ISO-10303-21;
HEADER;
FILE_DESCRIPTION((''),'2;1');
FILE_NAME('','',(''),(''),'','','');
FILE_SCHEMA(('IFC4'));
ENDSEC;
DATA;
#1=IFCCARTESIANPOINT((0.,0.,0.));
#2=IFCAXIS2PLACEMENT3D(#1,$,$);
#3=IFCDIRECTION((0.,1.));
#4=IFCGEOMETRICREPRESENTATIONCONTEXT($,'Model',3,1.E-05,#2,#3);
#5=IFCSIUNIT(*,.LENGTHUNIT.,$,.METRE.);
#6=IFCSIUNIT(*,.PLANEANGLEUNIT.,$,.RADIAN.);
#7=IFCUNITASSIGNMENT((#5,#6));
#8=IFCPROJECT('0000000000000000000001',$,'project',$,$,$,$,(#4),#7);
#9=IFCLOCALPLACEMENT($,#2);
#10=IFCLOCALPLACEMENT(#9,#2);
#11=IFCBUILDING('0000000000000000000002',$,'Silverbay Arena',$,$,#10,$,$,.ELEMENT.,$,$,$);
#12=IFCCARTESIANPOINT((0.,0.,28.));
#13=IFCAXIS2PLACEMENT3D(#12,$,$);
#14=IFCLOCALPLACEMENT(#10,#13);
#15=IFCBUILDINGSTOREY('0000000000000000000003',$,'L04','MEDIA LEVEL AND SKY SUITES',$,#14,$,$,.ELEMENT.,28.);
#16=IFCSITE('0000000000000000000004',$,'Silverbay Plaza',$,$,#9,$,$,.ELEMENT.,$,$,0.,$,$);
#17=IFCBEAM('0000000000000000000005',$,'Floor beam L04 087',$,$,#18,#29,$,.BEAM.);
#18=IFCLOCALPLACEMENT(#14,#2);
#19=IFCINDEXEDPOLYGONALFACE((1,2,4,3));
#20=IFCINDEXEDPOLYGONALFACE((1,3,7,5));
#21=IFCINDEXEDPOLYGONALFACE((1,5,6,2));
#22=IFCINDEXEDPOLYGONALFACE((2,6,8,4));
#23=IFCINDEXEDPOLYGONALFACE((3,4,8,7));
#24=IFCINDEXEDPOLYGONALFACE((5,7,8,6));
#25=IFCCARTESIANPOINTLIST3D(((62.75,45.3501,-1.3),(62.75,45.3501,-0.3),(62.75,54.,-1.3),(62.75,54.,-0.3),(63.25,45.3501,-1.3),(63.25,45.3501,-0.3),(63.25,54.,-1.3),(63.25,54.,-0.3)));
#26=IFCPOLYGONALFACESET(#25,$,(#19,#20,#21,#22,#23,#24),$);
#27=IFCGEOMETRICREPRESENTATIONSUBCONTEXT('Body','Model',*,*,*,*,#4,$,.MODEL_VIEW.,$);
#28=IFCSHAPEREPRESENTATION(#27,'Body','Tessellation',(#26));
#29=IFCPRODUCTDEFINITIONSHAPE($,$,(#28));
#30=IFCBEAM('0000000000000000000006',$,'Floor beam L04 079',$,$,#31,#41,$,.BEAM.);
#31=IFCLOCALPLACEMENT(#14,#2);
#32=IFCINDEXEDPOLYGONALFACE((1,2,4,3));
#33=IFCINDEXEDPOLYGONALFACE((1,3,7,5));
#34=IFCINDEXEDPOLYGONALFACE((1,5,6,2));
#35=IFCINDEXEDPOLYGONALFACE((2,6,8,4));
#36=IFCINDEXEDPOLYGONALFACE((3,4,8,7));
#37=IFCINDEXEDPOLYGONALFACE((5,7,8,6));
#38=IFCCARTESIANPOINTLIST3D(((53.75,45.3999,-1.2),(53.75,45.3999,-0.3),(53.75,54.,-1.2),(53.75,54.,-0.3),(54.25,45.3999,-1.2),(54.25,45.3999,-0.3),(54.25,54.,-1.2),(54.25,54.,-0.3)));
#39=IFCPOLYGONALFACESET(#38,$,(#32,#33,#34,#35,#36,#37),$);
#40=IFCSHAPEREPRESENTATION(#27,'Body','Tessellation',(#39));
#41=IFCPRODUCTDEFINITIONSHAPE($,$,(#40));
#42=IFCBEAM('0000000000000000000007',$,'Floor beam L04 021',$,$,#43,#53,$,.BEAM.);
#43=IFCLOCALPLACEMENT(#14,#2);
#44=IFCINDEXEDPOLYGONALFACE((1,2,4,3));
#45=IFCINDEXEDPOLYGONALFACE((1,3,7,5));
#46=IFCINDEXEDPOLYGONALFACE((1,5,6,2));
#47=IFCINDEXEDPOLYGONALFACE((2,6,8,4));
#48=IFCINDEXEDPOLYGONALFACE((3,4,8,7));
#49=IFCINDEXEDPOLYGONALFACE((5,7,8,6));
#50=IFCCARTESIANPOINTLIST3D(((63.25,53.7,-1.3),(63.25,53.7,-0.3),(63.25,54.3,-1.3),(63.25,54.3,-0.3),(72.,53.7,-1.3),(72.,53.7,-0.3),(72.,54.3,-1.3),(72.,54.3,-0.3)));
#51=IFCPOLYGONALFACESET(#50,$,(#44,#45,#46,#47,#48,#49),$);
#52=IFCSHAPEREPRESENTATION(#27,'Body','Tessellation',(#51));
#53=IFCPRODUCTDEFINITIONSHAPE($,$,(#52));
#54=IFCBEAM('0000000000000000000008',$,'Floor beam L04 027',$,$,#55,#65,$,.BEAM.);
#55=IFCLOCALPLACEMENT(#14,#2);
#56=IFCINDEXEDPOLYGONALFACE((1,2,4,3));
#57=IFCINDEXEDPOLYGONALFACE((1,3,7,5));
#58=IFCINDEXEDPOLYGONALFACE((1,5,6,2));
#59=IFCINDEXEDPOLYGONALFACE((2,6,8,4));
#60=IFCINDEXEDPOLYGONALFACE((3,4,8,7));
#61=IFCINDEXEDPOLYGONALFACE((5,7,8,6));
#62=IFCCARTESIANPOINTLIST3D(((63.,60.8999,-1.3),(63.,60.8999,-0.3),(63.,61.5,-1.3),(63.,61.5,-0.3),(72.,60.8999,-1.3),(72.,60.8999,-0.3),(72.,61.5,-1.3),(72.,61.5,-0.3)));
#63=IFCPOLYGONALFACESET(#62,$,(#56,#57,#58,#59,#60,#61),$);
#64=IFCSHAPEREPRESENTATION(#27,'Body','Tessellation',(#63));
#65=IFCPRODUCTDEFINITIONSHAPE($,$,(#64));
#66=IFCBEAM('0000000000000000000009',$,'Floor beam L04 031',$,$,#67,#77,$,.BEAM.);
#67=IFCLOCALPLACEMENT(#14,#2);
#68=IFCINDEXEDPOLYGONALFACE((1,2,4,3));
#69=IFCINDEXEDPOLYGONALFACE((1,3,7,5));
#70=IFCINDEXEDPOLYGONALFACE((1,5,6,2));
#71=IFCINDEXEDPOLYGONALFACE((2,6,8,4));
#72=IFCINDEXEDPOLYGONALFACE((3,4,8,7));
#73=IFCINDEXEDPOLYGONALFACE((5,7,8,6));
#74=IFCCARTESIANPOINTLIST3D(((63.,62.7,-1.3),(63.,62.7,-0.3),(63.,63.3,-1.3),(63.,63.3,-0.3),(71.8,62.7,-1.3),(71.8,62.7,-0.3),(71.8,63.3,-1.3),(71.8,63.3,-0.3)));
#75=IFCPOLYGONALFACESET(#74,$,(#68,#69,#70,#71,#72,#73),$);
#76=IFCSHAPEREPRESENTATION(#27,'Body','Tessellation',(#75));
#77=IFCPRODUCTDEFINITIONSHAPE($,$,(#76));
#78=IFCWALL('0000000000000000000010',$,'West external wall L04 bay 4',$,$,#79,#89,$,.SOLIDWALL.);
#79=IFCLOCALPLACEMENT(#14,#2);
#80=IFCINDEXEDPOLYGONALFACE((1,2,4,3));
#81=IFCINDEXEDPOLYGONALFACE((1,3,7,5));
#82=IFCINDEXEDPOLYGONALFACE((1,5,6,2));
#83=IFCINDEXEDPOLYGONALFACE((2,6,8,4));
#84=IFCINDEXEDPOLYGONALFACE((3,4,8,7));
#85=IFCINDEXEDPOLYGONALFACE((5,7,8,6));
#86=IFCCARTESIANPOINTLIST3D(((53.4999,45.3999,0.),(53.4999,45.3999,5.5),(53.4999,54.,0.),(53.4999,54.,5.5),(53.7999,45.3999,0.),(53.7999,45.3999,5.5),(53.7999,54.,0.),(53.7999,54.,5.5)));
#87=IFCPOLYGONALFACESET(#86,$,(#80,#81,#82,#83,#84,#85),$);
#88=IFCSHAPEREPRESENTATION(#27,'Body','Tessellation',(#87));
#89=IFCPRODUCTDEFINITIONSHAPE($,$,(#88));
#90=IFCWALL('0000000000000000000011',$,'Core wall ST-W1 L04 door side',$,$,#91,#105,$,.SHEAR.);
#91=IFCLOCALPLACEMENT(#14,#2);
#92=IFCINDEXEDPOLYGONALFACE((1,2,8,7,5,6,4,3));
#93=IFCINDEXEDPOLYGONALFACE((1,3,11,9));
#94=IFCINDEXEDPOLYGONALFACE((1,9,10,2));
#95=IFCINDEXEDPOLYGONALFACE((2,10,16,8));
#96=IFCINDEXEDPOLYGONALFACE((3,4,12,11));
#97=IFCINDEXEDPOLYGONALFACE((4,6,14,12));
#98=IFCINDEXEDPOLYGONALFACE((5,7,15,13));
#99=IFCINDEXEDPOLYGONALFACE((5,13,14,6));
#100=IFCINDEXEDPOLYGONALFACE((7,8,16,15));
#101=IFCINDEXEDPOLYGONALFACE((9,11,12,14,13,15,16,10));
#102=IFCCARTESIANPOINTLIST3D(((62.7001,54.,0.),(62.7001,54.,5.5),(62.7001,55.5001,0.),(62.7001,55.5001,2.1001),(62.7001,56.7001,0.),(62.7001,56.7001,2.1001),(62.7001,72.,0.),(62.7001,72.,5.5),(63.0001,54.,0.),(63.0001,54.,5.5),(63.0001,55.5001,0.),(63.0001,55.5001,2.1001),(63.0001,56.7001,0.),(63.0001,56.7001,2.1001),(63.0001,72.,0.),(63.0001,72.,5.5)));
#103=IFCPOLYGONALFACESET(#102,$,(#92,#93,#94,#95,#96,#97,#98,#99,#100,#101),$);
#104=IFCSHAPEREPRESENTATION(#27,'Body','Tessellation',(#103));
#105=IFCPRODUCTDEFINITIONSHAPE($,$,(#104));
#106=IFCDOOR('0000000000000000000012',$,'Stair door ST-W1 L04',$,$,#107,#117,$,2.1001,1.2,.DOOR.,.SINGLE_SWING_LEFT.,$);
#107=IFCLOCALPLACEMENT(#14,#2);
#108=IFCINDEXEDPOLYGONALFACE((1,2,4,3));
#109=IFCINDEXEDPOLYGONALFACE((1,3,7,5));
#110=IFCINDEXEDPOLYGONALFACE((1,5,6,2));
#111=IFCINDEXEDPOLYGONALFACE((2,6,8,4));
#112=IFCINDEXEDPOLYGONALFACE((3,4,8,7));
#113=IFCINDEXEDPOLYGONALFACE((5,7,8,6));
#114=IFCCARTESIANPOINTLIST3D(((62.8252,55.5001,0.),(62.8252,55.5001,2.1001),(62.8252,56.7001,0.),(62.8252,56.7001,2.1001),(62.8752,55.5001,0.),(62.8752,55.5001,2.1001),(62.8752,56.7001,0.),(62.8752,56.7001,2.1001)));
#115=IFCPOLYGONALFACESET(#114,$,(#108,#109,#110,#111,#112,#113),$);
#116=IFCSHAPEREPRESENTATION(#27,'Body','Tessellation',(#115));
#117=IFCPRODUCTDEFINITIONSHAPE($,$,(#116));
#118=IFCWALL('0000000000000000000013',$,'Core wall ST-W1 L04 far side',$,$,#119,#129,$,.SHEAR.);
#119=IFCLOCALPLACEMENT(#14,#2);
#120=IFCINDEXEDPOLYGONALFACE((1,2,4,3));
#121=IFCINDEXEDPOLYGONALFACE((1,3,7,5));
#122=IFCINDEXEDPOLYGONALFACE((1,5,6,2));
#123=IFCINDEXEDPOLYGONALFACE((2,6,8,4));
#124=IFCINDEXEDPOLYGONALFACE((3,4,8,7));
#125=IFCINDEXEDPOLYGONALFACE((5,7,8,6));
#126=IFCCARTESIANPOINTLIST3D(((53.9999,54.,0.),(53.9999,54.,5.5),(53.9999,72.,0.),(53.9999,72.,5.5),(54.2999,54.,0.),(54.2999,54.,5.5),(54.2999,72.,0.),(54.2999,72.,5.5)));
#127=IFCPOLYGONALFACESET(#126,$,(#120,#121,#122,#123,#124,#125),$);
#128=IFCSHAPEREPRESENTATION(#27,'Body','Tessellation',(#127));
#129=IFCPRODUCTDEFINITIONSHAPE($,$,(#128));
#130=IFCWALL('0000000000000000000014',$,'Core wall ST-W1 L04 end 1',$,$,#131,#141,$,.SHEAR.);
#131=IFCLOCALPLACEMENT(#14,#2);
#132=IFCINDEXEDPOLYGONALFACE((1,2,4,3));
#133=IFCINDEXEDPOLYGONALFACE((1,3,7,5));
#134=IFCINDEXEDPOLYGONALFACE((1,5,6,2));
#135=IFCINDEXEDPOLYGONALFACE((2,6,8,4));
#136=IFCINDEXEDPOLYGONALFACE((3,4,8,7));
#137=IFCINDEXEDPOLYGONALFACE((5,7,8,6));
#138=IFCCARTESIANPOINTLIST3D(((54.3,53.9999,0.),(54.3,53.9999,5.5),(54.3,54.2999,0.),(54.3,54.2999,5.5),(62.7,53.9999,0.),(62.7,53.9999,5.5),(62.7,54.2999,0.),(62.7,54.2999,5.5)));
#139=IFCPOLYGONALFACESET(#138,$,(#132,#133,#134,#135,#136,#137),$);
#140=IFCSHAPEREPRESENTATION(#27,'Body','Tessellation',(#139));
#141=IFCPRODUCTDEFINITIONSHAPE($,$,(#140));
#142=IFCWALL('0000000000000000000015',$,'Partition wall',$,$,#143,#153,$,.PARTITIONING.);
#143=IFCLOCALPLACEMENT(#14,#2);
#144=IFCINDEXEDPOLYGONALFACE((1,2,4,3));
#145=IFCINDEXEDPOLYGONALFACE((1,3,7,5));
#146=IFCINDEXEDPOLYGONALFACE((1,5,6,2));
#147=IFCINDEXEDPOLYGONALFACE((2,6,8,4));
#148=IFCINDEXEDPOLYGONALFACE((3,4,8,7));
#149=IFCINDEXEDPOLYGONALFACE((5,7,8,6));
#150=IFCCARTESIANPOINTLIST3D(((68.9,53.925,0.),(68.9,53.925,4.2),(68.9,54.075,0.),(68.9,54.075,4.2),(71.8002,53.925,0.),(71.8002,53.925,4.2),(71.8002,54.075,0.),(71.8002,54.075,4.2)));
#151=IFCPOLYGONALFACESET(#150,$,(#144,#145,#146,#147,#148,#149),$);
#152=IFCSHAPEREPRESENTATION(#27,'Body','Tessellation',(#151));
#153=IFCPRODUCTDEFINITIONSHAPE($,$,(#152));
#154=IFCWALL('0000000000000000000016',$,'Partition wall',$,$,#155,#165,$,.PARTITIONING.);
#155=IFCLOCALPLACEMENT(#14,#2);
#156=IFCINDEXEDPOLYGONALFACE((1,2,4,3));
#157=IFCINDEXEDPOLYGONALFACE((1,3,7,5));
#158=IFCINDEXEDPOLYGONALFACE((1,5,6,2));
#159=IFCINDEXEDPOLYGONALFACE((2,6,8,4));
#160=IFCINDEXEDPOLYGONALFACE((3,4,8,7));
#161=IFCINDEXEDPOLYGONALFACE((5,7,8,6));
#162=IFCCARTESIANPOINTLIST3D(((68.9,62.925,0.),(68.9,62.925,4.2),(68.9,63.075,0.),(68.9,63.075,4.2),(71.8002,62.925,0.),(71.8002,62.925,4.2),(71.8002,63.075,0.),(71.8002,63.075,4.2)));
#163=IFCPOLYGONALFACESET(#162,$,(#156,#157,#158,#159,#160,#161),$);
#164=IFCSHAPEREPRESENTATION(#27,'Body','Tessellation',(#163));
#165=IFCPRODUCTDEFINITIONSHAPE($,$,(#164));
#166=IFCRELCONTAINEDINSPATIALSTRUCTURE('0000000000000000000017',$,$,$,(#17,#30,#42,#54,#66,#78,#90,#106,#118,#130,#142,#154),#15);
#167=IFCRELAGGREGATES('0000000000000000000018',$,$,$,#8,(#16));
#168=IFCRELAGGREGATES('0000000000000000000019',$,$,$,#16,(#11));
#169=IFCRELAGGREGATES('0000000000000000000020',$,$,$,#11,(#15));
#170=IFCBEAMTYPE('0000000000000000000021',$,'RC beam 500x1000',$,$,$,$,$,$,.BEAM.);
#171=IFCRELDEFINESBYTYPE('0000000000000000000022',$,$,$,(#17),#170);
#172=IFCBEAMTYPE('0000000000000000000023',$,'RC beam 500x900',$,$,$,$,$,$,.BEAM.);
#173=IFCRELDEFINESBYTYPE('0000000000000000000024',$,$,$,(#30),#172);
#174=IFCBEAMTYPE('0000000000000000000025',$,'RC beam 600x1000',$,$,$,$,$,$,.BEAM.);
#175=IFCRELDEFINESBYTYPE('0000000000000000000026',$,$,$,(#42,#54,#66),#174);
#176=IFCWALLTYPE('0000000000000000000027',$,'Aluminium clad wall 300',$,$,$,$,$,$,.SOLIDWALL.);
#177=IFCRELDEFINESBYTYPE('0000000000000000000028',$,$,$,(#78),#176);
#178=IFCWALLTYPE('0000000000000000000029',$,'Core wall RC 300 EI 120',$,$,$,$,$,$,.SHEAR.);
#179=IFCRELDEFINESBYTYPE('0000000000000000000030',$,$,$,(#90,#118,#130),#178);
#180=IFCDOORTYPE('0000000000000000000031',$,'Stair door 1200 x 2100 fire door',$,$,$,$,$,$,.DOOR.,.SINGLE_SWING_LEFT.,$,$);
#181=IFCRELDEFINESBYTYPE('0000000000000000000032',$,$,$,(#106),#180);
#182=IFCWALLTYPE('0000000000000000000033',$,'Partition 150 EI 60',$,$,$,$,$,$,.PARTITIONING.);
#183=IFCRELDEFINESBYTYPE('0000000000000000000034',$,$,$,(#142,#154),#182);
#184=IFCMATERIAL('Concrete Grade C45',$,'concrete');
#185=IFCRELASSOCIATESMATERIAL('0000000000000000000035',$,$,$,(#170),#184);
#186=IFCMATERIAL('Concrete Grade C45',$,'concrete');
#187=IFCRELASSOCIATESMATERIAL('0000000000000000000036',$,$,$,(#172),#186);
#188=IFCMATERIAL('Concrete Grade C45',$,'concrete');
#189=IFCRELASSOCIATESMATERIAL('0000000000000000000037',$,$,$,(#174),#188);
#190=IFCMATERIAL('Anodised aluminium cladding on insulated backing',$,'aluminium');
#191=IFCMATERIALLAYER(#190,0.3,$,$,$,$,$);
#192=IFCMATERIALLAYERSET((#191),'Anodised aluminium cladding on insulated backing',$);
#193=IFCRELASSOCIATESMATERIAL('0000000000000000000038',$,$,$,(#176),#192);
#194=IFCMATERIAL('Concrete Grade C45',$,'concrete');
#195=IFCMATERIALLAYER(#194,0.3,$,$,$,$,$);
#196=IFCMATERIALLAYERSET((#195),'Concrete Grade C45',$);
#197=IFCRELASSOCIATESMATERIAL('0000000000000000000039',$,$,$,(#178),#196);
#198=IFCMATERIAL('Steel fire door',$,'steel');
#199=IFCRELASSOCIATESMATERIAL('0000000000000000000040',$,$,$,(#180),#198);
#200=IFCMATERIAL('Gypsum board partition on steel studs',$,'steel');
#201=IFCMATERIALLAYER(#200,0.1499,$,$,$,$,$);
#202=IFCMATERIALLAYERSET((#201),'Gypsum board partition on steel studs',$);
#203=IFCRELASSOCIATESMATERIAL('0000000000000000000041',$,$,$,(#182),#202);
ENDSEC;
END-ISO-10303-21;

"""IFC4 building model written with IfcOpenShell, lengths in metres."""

from ifc_helpers import new_model, si_unit, direction, frame, frame_2d, origin, origin_2d, place, context, subcontext, project, spatial, rectangle, extrude, material, layer, layer_set, material_profile, profile_set, type_object, element, fill, save


model = new_model("IFC4")

# Units and contexts
model_context = context("Model", 3, precision=1e-05, world=origin(), true_north=direction((0.0, 1.0)))
body_context = subcontext(model_context, "Body", "Model", "MODEL_VIEW")
ifc_project = project(units=[si_unit("LENGTHUNIT", "METRE"), si_unit("PLANEANGLEUNIT", "RADIAN")], contexts=[model_context])

# Site, building, storey
site_placement = place(None, origin())
site = spatial("IfcSite", under=ifc_project, at=site_placement, Name="Silverbay Plaza", CompositionType="ELEMENT", RefElevation=0.0)
building_placement = place(site_placement, origin())
building = spatial("IfcBuilding", under=site, at=building_placement, Name="Silverbay Arena", CompositionType="ELEMENT")
storey_placement = place(building_placement, frame((0.0, 0.0, 28.0)))
storey = spatial("IfcBuildingStorey", under=building, at=storey_placement, Name="L04", Description="MEDIA LEVEL AND SKY SUITES", CompositionType="ELEMENT", Elevation=28.0)

# Beams
ifc_material_1 = material(Name="Concrete Grade C45", Category="concrete")
ifc_material_profile_1 = material_profile(ifc_material_1, rectangle(XDim=0.5, YDim=1.0, at=origin_2d()), Name="RC 500x1000")
ifc_profile_set_1 = profile_set([ifc_material_profile_1], Name="Concrete Grade C45")
beam_type_1 = type_object("IfcBeamType", Name="RC beam 500x1000", PredefinedType="BEAM", material=ifc_profile_set_1)
beam_1_placement = place(storey_placement, frame((63.0, 45.3501, -0.8), z_axis=(0.0, 1.0, 0.0), x_axis=(-1.0, 0.0, 0.0)))
element("IfcBeam", 1, at=beam_1_placement, inside=storey, type_object=beam_type_1, Name="Floor beam L04 087", PredefinedType="BEAM", context=body_context, shape_type="SweptSolid", body=[
    extrude(rectangle(XDim=0.5, YDim=1.0, at=origin_2d()), origin(), (0.0, 0.0, 1.0), 8.6499),
])
ifc_material_2 = material(Name="Concrete Grade C45", Category="concrete")
ifc_material_profile_2 = material_profile(ifc_material_2, rectangle(XDim=0.5, YDim=0.8999, at=origin_2d()), Name="RC 500x900")
ifc_profile_set_2 = profile_set([ifc_material_profile_2], Name="Concrete Grade C45")
beam_type_2 = type_object("IfcBeamType", Name="RC beam 500x900", PredefinedType="BEAM", material=ifc_profile_set_2)
beam_2_placement = place(storey_placement, frame((54.0, 45.3999, -0.75), z_axis=(0.0, 1.0, 0.0), x_axis=(-1.0, 0.0, 0.0)))
element("IfcBeam", 2, at=beam_2_placement, inside=storey, type_object=beam_type_2, Name="Floor beam L04 079", PredefinedType="BEAM", context=body_context, shape_type="SweptSolid", body=[
    extrude(rectangle(XDim=0.5, YDim=0.8999, at=origin_2d()), origin(), (0.0, 0.0, 1.0), 8.6001),
])
ifc_material_3 = material(Name="Concrete Grade C45", Category="concrete")
ifc_material_profile_3 = material_profile(ifc_material_3, rectangle(XDim=0.6001, YDim=1.0, at=origin_2d()), Name="RC 600x1000")
ifc_profile_set_3 = profile_set([ifc_material_profile_3], Name="Concrete Grade C45")
beam_type_3 = type_object("IfcBeamType", Name="RC beam 600x1000", PredefinedType="BEAM", material=ifc_profile_set_3)
beam_3_placement = place(storey_placement, frame((63.25, 54.0, -0.8), z_axis=(1.0, 0.0, 0.0), x_axis=(0.0, 1.0, 0.0)))
element("IfcBeam", 3, at=beam_3_placement, inside=storey, type_object=beam_type_3, Name="Floor beam L04 021", PredefinedType="BEAM", context=body_context, shape_type="SweptSolid", body=[
    extrude(rectangle(XDim=0.6001, YDim=1.0, at=origin_2d()), origin(), (0.0, 0.0, 1.0), 8.75),
])
beam_4_placement = place(storey_placement, frame((63.0, 61.2, -0.8), z_axis=(1.0, 0.0, 0.0), x_axis=(0.0, 1.0, 0.0)))
element("IfcBeam", 4, at=beam_4_placement, inside=storey, type_object=beam_type_3, Name="Floor beam L04 027", PredefinedType="BEAM", context=body_context, shape_type="SweptSolid", body=[
    extrude(rectangle(XDim=0.6001, YDim=1.0, at=origin_2d()), origin(), (0.0, 0.0, 1.0), 9.0),
])
beam_5_placement = place(storey_placement, frame((63.0, 63.0, -0.8), z_axis=(1.0, 0.0, 0.0), x_axis=(0.0, 1.0, 0.0)))
element("IfcBeam", 5, at=beam_5_placement, inside=storey, type_object=beam_type_3, Name="Floor beam L04 031", PredefinedType="BEAM", context=body_context, shape_type="SweptSolid", body=[
    extrude(rectangle(XDim=0.6001, YDim=1.0, at=origin_2d()), origin(), (0.0, 0.0, 1.0), 8.8),
])

# Wall
ifc_material_4 = material(Name="Anodised aluminium cladding on insulated backing", Category="aluminium")
ifc_layer_1 = layer(ifc_material_4, 0.3)
ifc_layer_set_1 = layer_set([ifc_layer_1], Name="Anodised aluminium cladding on insulated backing")
wall_type_1 = type_object("IfcWallType", Name="Aluminium clad wall 300", PredefinedType="SOLIDWALL", material=ifc_layer_set_1)
wall_1_placement = place(storey_placement, frame((53.6499, 54.0, 0.0), z_axis=(0.0, 0.0, 1.0), x_axis=(0.0, -1.0, 0.0)))
element("IfcWall", 6, at=wall_1_placement, inside=storey, type_object=wall_type_1, Name="West external wall L04 bay 4", PredefinedType="SOLIDWALL", context=body_context, shape_type="SweptSolid", body=[
    extrude(rectangle(XDim=8.6001, YDim=0.3, at=frame_2d((4.3, 0.0))), origin(), (0.0, 0.0, 1.0), 5.5),
])

# Wall, opening, door
ifc_material_5 = material(Name="Concrete Grade C45", Category="concrete")
ifc_layer_2 = layer(ifc_material_5, 0.3)
ifc_layer_set_2 = layer_set([ifc_layer_2], Name="Concrete Grade C45")
wall_type_2 = type_object("IfcWallType", Name="Core wall RC 300 EI 120", PredefinedType="SHEAR", material=ifc_layer_set_2)
wall_2_placement = place(storey_placement, frame((62.8501, 54.0, 0.0), z_axis=(0.0, 0.0, 1.0), x_axis=(0.0, 1.0, 0.0)))
wall_2 = element("IfcWall", 7, at=wall_2_placement, inside=storey, type_object=wall_type_2, Name="Core wall ST-W1 L04 door side", PredefinedType="SHEAR", context=body_context, shape_type="SweptSolid", body=[
    extrude(rectangle(XDim=18.0, YDim=0.3, at=frame_2d((9.0, 0.0))), origin(), (0.0, 0.0, 1.0), 5.5),
])
opening_1_placement = place(wall_2_placement, frame((1.5, 0.0, 0.0)))
opening_1 = element("IfcOpeningElement", 8, at=opening_1_placement, cuts=wall_2, PredefinedType="OPENING", context=body_context, shape_type="SweptSolid", body=[
    extrude(rectangle(XDim=1.2, YDim=2.1001, at=frame_2d((0.6001, 1.05))), frame((0.0, 0.1602, 0.0), z_axis=(0.0, -1.0, 0.0), x_axis=(1.0, 0.0, 0.0)), (0.0, 0.0, 1.0), 0.3201),
])
ifc_material_6 = material(Name="Steel fire door", Category="steel")
door_type_1 = type_object("IfcDoorType", Name="Stair door 1200 x 2100 fire door", OperationType="SINGLE_SWING_LEFT", PredefinedType="DOOR", material=ifc_material_6)
door_1_placement = place(opening_1_placement, origin())
door_1 = element("IfcDoor", 9, at=door_1_placement, inside=storey, type_object=door_type_1, Name="Stair door ST-W1 L04", OperationType="SINGLE_SWING_LEFT", OverallHeight=2.1001, OverallWidth=1.2, PredefinedType="DOOR", context=body_context, shape_type="SweptSolid", body=[
    extrude(rectangle(XDim=1.2, YDim=2.1001, at=frame_2d((0.6001, 1.05))), frame((0.0, 0.0249, 0.0), z_axis=(0.0, -1.0, 0.0), x_axis=(1.0, 0.0, 0.0)), (0.0, 0.0, 1.0), 0.05),
])
fill(opening_1, door_1)

# Walls
wall_3_placement = place(storey_placement, frame((54.1499, 54.0, 0.0), z_axis=(0.0, 0.0, 1.0), x_axis=(0.0, 1.0, 0.0)))
element("IfcWall", 10, at=wall_3_placement, inside=storey, type_object=wall_type_2, Name="Core wall ST-W1 L04 far side", PredefinedType="SHEAR", context=body_context, shape_type="SweptSolid", body=[
    extrude(rectangle(XDim=18.0, YDim=0.3, at=frame_2d((9.0, 0.0))), origin(), (0.0, 0.0, 1.0), 5.5),
])
wall_4_placement = place(storey_placement, frame((62.7, 54.1499, 0.0), z_axis=(0.0, 0.0, 1.0), x_axis=(-1.0, 0.0, 0.0)))
element("IfcWall", 11, at=wall_4_placement, inside=storey, type_object=wall_type_2, Name="Core wall ST-W1 L04 end 1", PredefinedType="SHEAR", context=body_context, shape_type="SweptSolid", body=[
    extrude(rectangle(XDim=8.3999, YDim=0.3, at=frame_2d((4.2, 0.0))), origin(), (0.0, 0.0, 1.0), 5.5),
])
ifc_material_7 = material(Name="Gypsum board partition on steel studs", Category="steel")
ifc_layer_3 = layer(ifc_material_7, 0.1499)
ifc_layer_set_3 = layer_set([ifc_layer_3], Name="Gypsum board partition on steel studs")
wall_type_3 = type_object("IfcWallType", Name="Partition 150 EI 60", PredefinedType="PARTITIONING", material=ifc_layer_set_3)
for number, where, z_axis, x_axis, name in (
    (12, (68.8999, 54.0, 0.0), (0.0, 0.0, 1.0), (1.0, 0.0, 0.0), "Partition wall"),
    (13, (68.8999, 63.0, 0.0), (0.0, 0.0, 1.0), (1.0, 0.0, 0.0), "Partition wall"),
):
    element("IfcWall", number, at=place(storey_placement, frame(where, z_axis=z_axis, x_axis=x_axis)), inside=storey, type_object=wall_type_3, Name=name, PredefinedType="PARTITIONING", context=body_context, shape_type="SweptSolid", body=[
        extrude(rectangle(XDim=2.9001, YDim=0.1499, at=frame_2d((1.4502, 0.0))), origin(), (0.0, 0.0, 1.0), 4.2),
    ])

save(model, "model.ifc")
